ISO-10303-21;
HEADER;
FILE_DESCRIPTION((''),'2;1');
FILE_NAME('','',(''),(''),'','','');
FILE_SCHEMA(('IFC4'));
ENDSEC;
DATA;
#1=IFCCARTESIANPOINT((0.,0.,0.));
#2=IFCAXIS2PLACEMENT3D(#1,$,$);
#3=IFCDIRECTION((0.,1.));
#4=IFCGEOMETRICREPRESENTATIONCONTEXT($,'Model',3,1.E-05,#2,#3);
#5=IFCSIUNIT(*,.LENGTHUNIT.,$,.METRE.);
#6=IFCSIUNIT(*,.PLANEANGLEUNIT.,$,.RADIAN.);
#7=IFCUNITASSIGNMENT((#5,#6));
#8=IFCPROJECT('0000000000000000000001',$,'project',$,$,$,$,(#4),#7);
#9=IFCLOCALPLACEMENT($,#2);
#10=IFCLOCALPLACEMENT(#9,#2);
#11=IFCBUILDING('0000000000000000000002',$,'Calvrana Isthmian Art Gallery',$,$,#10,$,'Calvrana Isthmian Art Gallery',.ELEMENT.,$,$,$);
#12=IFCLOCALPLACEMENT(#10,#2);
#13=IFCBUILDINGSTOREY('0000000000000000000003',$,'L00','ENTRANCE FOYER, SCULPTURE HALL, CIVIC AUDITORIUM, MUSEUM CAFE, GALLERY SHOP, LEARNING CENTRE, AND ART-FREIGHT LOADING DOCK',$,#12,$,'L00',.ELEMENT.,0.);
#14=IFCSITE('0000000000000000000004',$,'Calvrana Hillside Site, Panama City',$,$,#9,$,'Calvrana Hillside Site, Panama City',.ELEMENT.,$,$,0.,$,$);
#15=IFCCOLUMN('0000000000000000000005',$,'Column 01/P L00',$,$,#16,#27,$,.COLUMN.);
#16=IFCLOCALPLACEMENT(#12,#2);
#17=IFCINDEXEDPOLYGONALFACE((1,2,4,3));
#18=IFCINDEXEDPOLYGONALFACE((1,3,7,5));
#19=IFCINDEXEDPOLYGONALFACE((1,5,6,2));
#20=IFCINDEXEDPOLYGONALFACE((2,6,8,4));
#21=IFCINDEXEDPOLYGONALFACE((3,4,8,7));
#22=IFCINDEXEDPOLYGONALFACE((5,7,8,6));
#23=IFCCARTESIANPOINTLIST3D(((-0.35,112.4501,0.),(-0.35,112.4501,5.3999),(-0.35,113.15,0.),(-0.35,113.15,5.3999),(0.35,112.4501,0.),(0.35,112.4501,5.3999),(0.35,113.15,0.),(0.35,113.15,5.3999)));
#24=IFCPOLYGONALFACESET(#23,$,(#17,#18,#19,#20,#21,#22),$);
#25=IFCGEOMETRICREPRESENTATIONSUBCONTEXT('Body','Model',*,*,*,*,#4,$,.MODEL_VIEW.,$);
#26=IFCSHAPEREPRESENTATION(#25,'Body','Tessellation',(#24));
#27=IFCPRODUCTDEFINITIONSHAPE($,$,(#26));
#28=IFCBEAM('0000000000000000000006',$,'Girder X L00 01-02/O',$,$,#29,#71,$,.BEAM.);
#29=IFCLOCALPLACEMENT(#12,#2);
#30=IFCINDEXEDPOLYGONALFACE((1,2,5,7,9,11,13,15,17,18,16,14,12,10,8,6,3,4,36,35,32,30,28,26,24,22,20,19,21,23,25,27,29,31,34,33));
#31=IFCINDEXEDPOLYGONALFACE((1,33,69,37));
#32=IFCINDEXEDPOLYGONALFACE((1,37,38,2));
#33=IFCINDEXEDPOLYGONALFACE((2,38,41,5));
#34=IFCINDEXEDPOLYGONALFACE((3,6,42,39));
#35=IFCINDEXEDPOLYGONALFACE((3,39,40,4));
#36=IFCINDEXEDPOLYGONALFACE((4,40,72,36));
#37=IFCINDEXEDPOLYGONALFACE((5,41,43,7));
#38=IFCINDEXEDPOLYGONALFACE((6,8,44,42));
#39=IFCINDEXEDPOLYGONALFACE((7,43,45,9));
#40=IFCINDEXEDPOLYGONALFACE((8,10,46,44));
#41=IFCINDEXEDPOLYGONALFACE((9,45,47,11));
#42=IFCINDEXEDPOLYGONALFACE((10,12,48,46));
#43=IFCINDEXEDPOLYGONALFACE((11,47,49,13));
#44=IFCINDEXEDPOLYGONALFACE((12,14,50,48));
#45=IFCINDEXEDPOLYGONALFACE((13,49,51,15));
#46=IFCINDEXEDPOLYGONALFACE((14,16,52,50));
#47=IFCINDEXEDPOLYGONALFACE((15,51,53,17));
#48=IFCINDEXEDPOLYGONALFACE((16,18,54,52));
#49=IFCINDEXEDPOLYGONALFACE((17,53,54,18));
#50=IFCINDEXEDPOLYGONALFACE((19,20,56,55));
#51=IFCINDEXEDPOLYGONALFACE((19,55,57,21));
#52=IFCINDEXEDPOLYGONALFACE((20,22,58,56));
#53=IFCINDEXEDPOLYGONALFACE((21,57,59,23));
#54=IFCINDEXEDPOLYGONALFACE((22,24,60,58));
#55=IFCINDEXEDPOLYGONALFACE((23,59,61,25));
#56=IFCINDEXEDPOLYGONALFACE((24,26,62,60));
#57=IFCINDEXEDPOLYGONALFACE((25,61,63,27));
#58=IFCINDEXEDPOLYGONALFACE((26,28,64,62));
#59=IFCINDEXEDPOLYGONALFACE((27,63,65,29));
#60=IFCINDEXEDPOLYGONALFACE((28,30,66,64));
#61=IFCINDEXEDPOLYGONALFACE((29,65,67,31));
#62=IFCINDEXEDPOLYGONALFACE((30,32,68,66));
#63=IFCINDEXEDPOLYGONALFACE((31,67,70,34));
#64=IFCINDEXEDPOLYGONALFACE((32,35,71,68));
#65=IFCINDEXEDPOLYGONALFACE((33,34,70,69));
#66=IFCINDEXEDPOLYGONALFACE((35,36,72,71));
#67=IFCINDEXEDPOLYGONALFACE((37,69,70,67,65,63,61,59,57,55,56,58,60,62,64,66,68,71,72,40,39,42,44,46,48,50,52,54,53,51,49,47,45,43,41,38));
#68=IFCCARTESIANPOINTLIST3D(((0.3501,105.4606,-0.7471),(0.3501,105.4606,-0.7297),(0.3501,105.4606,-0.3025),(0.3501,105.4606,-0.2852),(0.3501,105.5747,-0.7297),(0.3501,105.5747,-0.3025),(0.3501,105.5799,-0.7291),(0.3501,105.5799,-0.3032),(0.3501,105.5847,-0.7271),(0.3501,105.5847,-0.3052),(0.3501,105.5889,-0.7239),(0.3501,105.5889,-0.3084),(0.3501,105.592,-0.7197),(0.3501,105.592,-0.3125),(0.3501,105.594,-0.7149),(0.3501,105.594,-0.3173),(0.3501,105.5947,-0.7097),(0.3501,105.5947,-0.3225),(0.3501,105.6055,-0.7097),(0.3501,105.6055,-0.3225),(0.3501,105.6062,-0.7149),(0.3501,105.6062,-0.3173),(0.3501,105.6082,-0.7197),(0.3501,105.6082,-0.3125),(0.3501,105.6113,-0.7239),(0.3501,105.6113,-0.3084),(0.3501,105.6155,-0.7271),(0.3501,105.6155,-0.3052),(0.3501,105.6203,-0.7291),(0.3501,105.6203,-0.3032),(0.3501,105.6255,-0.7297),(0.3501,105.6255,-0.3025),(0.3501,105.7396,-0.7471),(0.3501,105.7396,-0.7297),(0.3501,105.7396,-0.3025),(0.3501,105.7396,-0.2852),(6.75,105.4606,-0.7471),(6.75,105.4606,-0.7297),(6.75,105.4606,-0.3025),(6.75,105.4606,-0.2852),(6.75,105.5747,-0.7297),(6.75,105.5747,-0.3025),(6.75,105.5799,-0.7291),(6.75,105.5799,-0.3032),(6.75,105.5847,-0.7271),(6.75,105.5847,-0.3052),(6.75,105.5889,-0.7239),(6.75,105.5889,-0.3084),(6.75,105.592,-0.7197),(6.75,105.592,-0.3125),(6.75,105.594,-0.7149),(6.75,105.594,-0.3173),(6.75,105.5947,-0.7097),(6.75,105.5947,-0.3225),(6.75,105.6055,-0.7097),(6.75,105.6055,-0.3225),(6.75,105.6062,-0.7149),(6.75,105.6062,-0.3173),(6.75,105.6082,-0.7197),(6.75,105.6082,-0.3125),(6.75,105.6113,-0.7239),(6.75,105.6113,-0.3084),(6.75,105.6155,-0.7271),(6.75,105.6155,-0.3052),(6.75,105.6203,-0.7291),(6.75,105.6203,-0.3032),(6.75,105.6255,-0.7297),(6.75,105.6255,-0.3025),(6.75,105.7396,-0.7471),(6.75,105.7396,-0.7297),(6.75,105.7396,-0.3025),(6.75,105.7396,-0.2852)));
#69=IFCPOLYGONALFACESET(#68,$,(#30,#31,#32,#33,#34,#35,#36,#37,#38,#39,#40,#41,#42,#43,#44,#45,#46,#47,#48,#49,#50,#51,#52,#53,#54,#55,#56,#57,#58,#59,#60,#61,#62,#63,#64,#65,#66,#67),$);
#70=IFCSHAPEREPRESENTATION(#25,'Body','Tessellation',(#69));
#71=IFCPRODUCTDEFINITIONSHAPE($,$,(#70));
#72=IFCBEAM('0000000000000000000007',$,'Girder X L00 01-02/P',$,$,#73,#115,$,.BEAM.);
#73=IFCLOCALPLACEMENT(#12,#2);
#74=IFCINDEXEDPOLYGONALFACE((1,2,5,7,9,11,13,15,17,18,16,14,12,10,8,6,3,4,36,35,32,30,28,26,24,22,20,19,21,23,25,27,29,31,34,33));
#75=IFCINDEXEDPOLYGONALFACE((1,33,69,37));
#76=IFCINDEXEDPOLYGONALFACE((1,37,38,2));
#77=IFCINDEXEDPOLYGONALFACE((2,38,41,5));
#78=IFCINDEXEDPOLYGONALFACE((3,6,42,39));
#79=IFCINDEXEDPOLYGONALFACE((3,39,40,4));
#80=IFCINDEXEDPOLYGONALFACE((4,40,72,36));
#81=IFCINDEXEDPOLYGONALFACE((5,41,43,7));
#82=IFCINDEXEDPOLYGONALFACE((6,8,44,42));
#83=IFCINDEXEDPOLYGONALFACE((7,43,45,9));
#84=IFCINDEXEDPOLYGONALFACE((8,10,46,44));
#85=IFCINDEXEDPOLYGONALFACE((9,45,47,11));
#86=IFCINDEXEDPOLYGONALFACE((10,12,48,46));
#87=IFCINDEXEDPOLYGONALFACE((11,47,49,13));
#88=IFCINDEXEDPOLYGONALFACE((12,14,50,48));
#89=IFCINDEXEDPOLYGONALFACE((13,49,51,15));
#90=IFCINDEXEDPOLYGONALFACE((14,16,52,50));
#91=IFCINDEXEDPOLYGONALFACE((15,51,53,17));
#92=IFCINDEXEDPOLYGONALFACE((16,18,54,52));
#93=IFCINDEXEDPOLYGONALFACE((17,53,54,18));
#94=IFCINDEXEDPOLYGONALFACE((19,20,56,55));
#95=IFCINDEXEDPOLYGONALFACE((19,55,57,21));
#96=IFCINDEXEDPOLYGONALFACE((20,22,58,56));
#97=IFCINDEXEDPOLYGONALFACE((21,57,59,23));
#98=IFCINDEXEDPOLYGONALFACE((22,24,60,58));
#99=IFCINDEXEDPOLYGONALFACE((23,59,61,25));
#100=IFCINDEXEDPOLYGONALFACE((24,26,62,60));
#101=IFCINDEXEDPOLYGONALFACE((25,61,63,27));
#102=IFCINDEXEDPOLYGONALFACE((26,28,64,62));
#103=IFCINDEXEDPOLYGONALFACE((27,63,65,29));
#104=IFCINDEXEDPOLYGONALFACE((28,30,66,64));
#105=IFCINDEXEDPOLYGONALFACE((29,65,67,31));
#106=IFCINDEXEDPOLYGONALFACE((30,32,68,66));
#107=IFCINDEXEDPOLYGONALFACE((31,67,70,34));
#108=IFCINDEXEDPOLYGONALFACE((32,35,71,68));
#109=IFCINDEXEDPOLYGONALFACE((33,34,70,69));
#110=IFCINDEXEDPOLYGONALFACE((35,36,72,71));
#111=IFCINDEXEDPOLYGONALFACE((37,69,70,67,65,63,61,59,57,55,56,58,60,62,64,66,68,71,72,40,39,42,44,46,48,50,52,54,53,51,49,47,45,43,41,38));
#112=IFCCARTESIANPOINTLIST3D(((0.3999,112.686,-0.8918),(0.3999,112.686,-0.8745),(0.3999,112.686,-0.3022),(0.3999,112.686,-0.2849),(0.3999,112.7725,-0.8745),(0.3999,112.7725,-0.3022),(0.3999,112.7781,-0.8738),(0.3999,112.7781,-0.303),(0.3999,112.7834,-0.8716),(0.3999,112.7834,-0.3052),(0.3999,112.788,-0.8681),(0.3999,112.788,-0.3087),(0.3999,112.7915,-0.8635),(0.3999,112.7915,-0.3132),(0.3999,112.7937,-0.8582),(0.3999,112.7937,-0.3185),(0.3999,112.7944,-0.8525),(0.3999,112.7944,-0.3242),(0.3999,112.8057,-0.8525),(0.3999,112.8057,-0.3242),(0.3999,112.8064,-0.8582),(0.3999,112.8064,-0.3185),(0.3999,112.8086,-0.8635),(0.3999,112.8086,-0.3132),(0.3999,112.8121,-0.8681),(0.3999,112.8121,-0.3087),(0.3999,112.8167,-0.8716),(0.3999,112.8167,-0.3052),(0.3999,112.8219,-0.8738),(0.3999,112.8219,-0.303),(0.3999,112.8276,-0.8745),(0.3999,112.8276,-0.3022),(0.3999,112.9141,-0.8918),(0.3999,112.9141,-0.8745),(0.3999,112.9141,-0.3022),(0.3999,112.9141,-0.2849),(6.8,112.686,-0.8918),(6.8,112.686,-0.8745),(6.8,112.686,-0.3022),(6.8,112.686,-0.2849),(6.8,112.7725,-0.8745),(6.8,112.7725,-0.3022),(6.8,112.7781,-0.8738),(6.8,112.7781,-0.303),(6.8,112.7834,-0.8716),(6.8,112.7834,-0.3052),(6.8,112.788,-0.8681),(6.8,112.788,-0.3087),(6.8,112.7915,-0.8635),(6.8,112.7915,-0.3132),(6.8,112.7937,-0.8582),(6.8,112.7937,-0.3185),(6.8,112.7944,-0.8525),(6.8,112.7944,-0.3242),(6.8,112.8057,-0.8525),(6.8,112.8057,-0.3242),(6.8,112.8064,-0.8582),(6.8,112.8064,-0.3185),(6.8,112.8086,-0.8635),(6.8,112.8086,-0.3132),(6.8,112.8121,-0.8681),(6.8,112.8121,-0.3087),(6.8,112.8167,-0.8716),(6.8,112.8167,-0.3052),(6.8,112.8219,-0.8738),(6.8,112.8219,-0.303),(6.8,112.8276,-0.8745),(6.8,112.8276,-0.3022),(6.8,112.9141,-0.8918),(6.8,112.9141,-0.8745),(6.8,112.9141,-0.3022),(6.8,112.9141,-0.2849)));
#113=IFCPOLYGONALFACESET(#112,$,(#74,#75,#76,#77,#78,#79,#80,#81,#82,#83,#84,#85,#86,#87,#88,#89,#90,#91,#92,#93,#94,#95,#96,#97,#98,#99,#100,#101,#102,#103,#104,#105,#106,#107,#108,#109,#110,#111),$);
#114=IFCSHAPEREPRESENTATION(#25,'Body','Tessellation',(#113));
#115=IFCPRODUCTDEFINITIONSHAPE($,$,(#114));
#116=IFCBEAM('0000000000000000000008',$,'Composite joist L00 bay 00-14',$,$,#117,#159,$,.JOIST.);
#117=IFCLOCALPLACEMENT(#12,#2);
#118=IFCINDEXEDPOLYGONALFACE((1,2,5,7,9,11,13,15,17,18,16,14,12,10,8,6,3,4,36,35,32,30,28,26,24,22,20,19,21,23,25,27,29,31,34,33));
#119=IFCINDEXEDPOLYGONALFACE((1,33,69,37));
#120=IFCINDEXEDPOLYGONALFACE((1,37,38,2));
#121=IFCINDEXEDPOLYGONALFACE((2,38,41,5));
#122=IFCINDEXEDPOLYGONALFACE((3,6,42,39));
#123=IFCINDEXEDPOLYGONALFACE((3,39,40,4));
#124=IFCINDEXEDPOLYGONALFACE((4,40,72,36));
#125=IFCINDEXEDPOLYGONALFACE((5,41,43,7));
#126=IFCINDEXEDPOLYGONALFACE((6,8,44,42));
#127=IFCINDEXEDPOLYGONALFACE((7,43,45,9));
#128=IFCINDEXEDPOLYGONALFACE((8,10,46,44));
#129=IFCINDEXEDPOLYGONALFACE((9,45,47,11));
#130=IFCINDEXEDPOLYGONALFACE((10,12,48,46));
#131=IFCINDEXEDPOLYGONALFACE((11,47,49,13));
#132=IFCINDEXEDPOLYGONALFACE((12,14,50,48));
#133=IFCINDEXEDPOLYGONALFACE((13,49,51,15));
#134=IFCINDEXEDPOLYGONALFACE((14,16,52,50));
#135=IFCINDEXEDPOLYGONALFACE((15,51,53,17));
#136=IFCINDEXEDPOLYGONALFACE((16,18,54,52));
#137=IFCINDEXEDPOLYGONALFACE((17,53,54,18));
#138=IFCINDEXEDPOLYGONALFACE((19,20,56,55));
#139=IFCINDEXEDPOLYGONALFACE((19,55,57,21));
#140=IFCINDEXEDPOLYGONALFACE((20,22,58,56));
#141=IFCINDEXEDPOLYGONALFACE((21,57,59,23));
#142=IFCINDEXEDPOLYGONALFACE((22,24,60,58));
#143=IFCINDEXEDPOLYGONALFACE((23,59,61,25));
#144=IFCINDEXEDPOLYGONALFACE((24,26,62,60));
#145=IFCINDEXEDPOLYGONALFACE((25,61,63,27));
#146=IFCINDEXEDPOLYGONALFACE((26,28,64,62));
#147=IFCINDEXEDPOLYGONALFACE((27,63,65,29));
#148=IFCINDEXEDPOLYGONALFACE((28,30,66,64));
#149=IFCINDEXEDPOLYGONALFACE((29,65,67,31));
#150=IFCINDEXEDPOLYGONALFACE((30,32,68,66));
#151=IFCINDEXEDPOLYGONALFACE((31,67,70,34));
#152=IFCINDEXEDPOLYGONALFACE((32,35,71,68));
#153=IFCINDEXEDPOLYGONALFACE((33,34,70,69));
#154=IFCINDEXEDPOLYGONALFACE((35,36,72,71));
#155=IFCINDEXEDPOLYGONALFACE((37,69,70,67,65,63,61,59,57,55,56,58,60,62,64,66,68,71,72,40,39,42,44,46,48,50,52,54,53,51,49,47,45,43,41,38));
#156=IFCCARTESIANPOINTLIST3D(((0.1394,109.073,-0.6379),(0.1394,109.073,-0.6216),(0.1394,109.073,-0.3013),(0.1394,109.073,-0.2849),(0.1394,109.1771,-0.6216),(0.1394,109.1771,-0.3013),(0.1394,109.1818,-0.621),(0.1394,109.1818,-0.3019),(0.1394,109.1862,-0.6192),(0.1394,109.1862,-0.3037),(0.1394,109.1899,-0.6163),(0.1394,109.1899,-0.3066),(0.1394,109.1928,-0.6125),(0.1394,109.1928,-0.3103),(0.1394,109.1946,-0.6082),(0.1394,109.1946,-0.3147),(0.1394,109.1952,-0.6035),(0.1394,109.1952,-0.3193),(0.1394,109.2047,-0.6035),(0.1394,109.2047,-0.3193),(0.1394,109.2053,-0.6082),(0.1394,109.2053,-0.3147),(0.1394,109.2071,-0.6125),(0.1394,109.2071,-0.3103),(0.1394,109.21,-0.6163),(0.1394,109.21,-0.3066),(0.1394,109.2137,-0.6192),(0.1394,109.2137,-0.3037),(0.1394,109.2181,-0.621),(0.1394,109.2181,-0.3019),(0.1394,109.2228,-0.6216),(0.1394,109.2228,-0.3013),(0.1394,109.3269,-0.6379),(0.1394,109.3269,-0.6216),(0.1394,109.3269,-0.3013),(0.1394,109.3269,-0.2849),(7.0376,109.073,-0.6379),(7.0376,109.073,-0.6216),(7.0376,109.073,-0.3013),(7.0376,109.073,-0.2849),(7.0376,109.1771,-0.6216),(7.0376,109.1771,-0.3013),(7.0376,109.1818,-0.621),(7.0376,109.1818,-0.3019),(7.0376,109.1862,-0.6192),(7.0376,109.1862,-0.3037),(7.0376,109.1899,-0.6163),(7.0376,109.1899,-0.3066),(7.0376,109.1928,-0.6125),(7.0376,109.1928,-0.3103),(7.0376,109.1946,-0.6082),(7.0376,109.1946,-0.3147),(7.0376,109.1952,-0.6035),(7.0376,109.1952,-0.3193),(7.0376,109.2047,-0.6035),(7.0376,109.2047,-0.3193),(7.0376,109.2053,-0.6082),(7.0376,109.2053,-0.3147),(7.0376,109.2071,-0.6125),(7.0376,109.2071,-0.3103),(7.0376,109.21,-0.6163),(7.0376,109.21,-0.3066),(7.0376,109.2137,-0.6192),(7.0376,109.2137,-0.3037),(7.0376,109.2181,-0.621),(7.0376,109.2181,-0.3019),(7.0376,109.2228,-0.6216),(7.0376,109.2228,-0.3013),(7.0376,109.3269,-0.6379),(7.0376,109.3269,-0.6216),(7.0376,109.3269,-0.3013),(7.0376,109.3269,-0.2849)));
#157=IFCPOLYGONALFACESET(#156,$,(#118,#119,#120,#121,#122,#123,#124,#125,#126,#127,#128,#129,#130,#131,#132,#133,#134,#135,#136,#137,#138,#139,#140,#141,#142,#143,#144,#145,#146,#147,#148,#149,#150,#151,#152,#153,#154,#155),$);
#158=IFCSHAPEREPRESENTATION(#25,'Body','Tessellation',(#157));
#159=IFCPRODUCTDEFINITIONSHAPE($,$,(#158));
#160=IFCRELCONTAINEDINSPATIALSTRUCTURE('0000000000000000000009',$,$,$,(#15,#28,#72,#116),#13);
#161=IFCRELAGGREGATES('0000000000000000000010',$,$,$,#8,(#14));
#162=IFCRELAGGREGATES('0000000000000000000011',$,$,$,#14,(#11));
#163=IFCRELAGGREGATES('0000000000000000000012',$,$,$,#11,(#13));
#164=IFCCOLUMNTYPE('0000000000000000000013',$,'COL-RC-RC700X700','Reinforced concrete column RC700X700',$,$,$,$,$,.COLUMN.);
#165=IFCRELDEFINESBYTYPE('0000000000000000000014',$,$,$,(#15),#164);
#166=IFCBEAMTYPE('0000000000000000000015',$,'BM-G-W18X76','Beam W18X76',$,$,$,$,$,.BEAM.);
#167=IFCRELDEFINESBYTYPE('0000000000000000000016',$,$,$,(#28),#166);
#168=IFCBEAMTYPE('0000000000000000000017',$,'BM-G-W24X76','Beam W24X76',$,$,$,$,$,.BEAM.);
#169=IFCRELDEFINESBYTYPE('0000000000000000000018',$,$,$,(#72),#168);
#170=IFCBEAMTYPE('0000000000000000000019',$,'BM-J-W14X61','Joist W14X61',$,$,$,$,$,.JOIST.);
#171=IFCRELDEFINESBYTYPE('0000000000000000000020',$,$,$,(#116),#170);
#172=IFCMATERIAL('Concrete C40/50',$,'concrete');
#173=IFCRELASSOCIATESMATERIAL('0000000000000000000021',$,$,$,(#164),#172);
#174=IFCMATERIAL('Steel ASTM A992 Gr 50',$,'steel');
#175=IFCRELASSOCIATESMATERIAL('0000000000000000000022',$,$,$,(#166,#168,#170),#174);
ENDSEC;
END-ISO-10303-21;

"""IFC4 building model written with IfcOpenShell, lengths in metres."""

from ifc_helpers import new_model, si_unit, direction, frame, origin, origin_2d, place, context, subcontext, project, spatial, rectangle, i_section, extrude, material, material_profile, profile_set, type_object, element, save


model = new_model("IFC4")

# Units and contexts
model_context = context("Model", 3, precision=1e-05, world=origin(), true_north=direction((0.0, 1.0)))
body_context = subcontext(model_context, "Body", "Model", "MODEL_VIEW")
ifc_project = project(units=[si_unit("LENGTHUNIT", "METRE"), si_unit("PLANEANGLEUNIT", "RADIAN")], contexts=[model_context])

# Site, building, storey
site_placement = place(None, origin())
site = spatial("IfcSite", under=ifc_project, at=site_placement, Name="Calvrana Hillside Site, Panama City", LongName="Calvrana Hillside Site, Panama City", CompositionType="ELEMENT", RefElevation=0.0)
building_placement = place(site_placement, origin())
building = spatial("IfcBuilding", under=site, at=building_placement, Name="Calvrana Isthmian Art Gallery", LongName="Calvrana Isthmian Art Gallery", CompositionType="ELEMENT")
storey_placement = place(building_placement, origin())
storey = spatial("IfcBuildingStorey", under=building, at=storey_placement, Name="L00", Description="ENTRANCE FOYER, SCULPTURE HALL, CIVIC AUDITORIUM, MUSEUM CAFE, GALLERY SHOP, LEARNING CENTRE, AND ART-FREIGHT LOADING DOCK", LongName="L00", CompositionType="ELEMENT", Elevation=0.0)

# Column
ifc_material_1 = material(Name="Concrete C40/50", Category="concrete")
ifc_material_profile_1 = material_profile(ifc_material_1, rectangle(XDim=0.7, YDim=0.7, at=origin_2d()), Name="RC700X700")
ifc_profile_set_1 = profile_set([ifc_material_profile_1], Name="Concrete C40/50")
column_type = type_object("IfcColumnType", Name="COL-RC-RC700X700", Description="Reinforced concrete column RC700X700", PredefinedType="COLUMN", material=ifc_profile_set_1)
column_placement = place(storey_placement, frame((0.0, 112.8, 0.0), z_axis=(0.0, 0.0, 1.0), x_axis=(1.0, 0.0, 0.0)))
element("IfcColumn", 1, at=column_placement, inside=storey, type_object=column_type, Name="Column 01/P L00", PredefinedType="COLUMN", context=body_context, shape_type="SweptSolid", body=[
    extrude(rectangle(XDim=0.7, YDim=0.7, at=origin_2d()), origin(), (0.0, 0.0, 1.0), 5.3999),
])

# Beams
ifc_material_2 = material(Name="Steel ASTM A992 Gr 50", Category="steel")
ifc_material_profile_2 = material_profile(ifc_material_2, i_section(OverallWidth=0.2791, OverallDepth=0.4619, WebThickness=0.0107, FlangeThickness=0.0173, FilletRadius=0.02, at=origin_2d()), Name="W18X76")
ifc_profile_set_2 = profile_set([ifc_material_profile_2], Name="Steel ASTM A992 Gr 50")
beam_type_1 = type_object("IfcBeamType", Name="BM-G-W18X76", Description="Beam W18X76", PredefinedType="BEAM", material=ifc_profile_set_2)
beam_1_placement = place(storey_placement, frame((0.3501, 105.6001, -0.5161), z_axis=(1.0, 0.0, 0.0), x_axis=(0.0, 1.0, 0.0)))
element("IfcBeam", 2, at=beam_1_placement, inside=storey, type_object=beam_type_1, Name="Girder X L00 01-02/O", PredefinedType="BEAM", context=body_context, shape_type="SweptSolid", body=[
    extrude(i_section(OverallWidth=0.2791, OverallDepth=0.4619, WebThickness=0.0107, FlangeThickness=0.0173, FilletRadius=0.02, at=origin_2d()), origin(), (0.0, 0.0, 1.0), 6.3999),
])
ifc_material_profile_3 = material_profile(ifc_material_2, i_section(OverallWidth=0.228, OverallDepth=0.6069, WebThickness=0.0112, FlangeThickness=0.0173, FilletRadius=0.022, at=origin_2d()), Name="W24X76")
ifc_profile_set_3 = profile_set([ifc_material_profile_3], Name="Steel ASTM A992 Gr 50")
beam_type_2 = type_object("IfcBeamType", Name="BM-G-W24X76", Description="Beam W24X76", PredefinedType="BEAM", material=ifc_profile_set_3)
beam_2_placement = place(storey_placement, frame((0.3999, 112.8, -0.5884), z_axis=(1.0, 0.0, 0.0), x_axis=(0.0, 1.0, 0.0)))
element("IfcBeam", 3, at=beam_2_placement, inside=storey, type_object=beam_type_2, Name="Girder X L00 01-02/P", PredefinedType="BEAM", context=body_context, shape_type="SweptSolid", body=[
    extrude(i_section(OverallWidth=0.228, OverallDepth=0.6069, WebThickness=0.0112, FlangeThickness=0.0173, FilletRadius=0.022, at=origin_2d()), origin(), (0.0, 0.0, 1.0), 6.4001),
])
ifc_material_profile_4 = material_profile(ifc_material_2, i_section(OverallWidth=0.2539, OverallDepth=0.353, WebThickness=0.0095, FlangeThickness=0.0164, FilletRadius=0.0181, at=origin_2d()), Name="W14X61")
ifc_profile_set_4 = profile_set([ifc_material_profile_4], Name="Steel ASTM A992 Gr 50")
beam_type_3 = type_object("IfcBeamType", Name="BM-J-W14X61", Description="Joist W14X61", PredefinedType="JOIST", material=ifc_profile_set_4)
beam_3_placement = place(storey_placement, frame((0.1394, 109.2, -0.4614), z_axis=(1.0, 0.0, 0.0), x_axis=(0.0, 1.0, 0.0)))
element("IfcBeam", 4, at=beam_3_placement, inside=storey, type_object=beam_type_3, Name="Composite joist L00 bay 00-14", PredefinedType="JOIST", context=body_context, shape_type="SweptSolid", body=[
    extrude(i_section(OverallWidth=0.2539, OverallDepth=0.353, WebThickness=0.0095, FlangeThickness=0.0164, FilletRadius=0.0181, at=origin_2d()), origin(), (0.0, 0.0, 1.0), 6.8982),
])

save(model, "model.ifc")
